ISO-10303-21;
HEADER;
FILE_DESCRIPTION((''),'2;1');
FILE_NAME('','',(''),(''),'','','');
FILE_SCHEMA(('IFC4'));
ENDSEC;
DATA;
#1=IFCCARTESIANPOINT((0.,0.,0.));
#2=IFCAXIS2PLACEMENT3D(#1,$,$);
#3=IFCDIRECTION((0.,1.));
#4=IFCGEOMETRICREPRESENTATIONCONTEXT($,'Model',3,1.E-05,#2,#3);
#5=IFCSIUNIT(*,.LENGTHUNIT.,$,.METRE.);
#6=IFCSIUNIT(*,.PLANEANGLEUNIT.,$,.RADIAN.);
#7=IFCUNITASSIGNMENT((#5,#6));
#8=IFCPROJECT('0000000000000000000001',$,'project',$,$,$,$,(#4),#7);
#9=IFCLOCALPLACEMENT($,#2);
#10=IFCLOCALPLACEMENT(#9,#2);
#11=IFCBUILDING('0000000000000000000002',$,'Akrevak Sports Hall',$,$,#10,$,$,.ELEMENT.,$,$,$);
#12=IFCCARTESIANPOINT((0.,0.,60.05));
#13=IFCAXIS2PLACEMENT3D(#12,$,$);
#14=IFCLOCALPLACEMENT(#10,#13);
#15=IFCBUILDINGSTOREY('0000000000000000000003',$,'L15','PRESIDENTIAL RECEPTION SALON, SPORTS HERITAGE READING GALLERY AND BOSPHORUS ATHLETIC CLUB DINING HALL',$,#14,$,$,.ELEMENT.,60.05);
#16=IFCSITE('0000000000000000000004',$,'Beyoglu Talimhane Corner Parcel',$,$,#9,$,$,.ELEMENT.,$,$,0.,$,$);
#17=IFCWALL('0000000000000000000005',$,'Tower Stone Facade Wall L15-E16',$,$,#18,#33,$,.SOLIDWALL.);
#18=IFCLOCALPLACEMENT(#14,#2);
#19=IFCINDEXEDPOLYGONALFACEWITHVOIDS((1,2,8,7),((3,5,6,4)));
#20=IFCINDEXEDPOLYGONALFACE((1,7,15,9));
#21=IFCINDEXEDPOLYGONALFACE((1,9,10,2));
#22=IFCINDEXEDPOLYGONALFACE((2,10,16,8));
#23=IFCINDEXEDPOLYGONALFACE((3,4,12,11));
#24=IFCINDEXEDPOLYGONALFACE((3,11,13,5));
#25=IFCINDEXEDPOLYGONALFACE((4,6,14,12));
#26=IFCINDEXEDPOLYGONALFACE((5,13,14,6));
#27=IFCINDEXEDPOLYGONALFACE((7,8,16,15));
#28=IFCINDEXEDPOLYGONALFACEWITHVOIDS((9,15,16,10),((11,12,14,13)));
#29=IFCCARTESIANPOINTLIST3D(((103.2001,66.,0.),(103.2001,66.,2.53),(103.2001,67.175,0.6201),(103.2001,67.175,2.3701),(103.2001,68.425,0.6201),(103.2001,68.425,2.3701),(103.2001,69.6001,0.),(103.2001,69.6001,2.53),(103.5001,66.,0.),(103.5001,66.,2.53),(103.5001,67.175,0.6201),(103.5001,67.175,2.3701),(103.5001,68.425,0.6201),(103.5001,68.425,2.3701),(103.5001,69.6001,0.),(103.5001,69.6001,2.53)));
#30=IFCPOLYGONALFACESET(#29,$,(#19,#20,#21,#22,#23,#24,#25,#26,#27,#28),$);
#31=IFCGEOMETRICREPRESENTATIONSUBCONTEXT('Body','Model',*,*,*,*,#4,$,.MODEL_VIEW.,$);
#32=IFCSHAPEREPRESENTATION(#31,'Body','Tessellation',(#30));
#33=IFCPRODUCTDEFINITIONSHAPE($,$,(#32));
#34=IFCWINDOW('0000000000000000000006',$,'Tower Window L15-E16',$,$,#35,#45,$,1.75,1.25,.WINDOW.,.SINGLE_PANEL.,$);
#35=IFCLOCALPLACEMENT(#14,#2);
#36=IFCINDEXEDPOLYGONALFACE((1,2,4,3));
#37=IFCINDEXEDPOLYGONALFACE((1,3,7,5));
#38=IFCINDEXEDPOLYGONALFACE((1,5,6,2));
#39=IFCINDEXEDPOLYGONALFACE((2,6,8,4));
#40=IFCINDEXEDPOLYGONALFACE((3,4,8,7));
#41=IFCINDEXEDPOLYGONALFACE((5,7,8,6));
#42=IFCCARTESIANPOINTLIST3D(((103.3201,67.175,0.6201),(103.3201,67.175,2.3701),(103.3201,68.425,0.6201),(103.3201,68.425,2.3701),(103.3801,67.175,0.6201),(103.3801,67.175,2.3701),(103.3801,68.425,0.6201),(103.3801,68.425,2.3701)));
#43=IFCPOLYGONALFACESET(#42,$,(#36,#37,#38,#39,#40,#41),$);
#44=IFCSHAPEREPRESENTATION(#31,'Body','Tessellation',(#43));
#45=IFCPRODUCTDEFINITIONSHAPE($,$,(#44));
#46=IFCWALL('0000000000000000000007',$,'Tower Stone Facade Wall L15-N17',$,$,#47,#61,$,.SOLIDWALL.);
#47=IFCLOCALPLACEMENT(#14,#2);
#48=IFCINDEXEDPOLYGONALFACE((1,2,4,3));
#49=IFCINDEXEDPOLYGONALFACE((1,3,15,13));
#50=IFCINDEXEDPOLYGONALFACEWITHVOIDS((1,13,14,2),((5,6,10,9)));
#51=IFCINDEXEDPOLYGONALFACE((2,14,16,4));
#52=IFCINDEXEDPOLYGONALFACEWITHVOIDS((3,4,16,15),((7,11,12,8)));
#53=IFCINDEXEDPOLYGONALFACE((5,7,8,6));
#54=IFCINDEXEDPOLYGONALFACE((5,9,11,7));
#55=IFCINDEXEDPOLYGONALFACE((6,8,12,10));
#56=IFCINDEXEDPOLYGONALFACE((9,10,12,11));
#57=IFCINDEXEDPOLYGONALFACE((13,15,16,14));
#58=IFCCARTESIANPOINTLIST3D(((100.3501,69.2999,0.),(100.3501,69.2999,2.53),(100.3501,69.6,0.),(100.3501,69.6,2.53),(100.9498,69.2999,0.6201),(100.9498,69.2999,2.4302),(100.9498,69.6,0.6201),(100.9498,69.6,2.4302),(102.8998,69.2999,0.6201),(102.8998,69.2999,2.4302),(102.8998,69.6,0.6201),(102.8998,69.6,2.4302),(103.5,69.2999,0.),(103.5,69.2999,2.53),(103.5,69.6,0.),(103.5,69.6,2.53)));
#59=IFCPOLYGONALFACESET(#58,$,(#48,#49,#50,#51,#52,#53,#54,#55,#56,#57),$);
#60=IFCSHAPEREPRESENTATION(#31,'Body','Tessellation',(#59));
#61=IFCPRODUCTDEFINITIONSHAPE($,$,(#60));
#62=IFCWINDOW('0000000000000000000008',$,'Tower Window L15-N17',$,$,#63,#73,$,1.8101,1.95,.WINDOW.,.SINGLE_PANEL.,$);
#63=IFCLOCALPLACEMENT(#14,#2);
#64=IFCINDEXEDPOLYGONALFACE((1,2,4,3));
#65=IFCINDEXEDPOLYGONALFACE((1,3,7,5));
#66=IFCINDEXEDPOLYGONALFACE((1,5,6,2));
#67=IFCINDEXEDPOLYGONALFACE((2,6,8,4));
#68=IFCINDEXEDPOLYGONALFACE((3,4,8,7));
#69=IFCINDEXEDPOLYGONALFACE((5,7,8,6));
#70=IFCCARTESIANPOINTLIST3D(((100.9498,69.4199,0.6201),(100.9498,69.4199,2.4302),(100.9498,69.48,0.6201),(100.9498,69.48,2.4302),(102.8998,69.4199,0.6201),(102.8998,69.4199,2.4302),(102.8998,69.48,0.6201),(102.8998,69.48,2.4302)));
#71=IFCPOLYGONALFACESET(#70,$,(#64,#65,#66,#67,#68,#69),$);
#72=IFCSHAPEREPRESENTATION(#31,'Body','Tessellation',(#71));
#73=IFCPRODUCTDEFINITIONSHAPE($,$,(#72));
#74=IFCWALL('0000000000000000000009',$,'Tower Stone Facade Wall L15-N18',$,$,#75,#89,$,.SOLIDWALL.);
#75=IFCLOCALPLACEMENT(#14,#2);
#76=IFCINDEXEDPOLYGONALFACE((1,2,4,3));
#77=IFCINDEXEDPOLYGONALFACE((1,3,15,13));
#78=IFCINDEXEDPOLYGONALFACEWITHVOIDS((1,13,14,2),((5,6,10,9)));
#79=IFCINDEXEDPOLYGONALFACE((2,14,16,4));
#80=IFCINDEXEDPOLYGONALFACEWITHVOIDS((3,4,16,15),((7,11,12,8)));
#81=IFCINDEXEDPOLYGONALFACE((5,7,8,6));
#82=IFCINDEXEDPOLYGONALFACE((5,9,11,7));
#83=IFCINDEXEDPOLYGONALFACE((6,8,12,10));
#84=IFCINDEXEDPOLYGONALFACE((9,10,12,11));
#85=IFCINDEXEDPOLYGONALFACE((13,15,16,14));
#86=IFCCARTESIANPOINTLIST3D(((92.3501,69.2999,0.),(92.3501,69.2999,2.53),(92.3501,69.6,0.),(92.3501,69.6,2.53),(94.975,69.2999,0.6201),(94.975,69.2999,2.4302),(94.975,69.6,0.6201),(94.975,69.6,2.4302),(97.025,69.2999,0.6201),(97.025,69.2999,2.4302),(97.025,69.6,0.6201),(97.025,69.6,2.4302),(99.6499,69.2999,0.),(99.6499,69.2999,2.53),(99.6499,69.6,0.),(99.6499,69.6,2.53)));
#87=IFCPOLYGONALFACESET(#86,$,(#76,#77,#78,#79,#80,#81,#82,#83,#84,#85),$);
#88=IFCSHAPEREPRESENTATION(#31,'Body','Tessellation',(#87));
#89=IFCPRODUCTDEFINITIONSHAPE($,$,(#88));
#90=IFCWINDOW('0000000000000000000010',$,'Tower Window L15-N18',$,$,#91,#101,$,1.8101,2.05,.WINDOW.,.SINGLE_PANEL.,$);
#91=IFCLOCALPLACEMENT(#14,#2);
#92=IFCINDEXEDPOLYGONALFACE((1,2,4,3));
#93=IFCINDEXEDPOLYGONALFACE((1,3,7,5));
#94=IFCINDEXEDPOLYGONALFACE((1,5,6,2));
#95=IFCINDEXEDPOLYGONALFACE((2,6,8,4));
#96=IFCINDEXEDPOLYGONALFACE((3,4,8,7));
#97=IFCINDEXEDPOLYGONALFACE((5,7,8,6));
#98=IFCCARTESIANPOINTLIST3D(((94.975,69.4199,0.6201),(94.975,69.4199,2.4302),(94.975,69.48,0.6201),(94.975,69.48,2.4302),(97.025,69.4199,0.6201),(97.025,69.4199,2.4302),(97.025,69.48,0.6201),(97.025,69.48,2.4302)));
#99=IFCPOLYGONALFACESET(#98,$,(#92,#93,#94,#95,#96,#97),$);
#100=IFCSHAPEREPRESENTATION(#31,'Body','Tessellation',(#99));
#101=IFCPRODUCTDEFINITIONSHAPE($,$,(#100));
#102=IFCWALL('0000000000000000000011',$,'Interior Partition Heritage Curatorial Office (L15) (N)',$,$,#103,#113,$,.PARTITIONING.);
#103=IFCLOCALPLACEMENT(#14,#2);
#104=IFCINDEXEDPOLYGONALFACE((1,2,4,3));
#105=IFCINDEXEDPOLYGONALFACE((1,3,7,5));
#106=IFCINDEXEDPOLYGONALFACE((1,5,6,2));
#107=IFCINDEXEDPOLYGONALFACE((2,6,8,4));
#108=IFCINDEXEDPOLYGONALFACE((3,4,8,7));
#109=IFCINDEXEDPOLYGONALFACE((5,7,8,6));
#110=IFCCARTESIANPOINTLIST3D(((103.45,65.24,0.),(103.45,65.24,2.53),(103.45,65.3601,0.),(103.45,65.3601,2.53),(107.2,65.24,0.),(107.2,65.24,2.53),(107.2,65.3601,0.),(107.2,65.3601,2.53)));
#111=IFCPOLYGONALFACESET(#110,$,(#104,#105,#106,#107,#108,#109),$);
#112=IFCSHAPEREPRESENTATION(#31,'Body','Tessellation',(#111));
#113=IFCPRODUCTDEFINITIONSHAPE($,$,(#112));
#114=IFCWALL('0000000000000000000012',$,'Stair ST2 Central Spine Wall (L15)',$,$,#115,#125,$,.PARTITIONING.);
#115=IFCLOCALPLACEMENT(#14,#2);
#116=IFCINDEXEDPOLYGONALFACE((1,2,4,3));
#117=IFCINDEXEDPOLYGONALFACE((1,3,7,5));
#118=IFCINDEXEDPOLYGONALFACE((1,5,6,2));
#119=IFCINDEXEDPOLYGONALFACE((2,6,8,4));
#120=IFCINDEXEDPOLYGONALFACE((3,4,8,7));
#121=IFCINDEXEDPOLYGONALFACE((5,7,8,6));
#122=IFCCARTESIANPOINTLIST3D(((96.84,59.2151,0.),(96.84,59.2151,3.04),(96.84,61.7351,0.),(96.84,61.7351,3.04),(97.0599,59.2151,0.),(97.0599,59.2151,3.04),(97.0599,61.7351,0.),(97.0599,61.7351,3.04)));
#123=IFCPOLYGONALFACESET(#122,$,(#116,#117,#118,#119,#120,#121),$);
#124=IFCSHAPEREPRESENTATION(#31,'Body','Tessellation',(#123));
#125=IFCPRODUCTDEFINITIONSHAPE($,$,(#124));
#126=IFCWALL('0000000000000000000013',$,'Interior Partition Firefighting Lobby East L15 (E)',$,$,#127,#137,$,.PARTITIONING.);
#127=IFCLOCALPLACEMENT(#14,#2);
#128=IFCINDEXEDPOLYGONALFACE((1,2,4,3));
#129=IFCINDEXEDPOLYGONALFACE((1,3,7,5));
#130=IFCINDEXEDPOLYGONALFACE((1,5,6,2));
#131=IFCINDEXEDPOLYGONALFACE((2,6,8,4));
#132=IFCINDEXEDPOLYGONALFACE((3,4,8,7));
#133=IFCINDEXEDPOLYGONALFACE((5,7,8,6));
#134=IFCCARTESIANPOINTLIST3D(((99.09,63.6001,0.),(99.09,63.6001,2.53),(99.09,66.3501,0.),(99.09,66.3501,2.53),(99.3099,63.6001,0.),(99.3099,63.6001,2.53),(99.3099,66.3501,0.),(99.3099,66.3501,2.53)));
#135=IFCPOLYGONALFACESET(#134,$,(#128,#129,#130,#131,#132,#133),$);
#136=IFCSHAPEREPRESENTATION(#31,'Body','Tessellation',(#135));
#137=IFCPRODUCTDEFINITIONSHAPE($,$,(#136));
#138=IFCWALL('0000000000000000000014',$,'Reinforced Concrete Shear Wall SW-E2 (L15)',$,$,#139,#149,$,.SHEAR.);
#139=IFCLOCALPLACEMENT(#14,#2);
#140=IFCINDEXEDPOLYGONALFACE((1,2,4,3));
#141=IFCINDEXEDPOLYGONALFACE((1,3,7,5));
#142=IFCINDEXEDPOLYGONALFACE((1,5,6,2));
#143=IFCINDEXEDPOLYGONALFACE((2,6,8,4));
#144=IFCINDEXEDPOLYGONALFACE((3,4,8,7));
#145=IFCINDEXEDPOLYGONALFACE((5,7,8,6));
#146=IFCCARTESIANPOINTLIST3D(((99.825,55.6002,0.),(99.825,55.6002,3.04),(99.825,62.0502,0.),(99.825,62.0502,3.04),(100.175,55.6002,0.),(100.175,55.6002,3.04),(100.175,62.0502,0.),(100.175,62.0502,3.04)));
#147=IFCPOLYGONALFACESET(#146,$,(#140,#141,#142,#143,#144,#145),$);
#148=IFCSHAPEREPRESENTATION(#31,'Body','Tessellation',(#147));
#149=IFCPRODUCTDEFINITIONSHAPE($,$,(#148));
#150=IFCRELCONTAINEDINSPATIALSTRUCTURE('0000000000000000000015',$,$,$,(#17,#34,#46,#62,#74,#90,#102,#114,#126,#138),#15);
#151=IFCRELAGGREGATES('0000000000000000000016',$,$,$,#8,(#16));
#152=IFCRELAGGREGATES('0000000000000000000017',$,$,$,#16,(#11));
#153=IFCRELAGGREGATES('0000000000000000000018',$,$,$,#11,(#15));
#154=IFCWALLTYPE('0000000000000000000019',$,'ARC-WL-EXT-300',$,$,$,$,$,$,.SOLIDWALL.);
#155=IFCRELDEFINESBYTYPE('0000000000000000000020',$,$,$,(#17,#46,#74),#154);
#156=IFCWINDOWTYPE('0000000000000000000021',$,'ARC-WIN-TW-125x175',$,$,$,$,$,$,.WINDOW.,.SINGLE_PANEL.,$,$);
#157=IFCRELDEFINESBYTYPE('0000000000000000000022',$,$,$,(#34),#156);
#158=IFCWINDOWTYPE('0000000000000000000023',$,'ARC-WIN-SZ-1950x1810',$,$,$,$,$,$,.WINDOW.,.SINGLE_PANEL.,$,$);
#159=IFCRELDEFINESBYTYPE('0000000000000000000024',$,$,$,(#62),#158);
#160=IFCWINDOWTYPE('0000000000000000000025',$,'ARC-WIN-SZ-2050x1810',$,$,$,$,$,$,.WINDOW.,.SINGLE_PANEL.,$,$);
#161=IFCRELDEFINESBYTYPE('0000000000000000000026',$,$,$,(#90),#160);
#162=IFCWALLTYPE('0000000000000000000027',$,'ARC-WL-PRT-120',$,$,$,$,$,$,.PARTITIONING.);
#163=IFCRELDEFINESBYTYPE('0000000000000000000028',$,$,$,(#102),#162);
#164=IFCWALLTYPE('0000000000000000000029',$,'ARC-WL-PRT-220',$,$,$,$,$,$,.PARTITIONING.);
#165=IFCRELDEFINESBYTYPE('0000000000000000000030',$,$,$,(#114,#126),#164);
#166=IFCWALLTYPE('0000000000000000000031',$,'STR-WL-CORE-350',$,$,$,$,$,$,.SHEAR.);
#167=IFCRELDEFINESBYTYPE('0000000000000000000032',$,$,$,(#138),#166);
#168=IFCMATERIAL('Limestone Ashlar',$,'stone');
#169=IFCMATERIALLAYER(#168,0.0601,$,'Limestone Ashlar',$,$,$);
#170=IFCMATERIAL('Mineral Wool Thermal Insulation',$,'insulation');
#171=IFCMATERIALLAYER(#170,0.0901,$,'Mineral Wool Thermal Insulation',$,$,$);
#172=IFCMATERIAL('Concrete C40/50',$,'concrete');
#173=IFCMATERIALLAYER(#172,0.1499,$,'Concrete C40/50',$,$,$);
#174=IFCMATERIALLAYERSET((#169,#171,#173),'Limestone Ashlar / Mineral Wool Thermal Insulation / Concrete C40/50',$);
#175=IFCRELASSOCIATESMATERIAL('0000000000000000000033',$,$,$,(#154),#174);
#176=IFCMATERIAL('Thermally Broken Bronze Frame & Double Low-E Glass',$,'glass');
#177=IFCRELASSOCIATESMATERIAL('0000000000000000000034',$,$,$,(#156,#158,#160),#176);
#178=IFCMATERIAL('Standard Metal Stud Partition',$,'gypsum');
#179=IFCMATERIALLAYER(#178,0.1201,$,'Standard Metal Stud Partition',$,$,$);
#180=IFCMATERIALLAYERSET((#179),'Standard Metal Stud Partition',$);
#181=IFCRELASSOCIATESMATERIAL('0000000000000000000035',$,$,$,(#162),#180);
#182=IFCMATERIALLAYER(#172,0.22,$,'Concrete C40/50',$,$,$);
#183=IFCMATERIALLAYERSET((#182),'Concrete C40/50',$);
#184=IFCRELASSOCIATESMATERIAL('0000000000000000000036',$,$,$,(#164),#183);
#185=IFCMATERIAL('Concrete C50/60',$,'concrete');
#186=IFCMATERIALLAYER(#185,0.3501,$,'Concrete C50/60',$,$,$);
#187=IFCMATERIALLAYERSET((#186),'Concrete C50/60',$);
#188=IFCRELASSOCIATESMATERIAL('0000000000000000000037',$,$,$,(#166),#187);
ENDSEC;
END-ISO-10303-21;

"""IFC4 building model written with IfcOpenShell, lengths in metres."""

from ifc_helpers import new_model, si_unit, direction, frame, frame_2d, origin, place, context, subcontext, project, spatial, rectangle, extrude, material, layer, layer_set, type_object, element, fill, save


model = new_model("IFC4")

# Units and contexts
model_context = context("Model", 3, precision=1e-05, world=origin(), true_north=direction((0.0, 1.0)))
body_context = subcontext(model_context, "Body", "Model", "MODEL_VIEW")
ifc_project = project(units=[si_unit("LENGTHUNIT", "METRE"), si_unit("PLANEANGLEUNIT", "RADIAN")], contexts=[model_context])

# Site, building, storey
site_placement = place(None, origin())
site = spatial("IfcSite", under=ifc_project, at=site_placement, Name="Beyoglu Talimhane Corner Parcel", CompositionType="ELEMENT", RefElevation=0.0)
building_placement = place(site_placement, origin())
building = spatial("IfcBuilding", under=site, at=building_placement, Name="Akrevak Sports Hall", CompositionType="ELEMENT")
storey_placement = place(building_placement, frame((0.0, 0.0, 60.05)))
storey = spatial("IfcBuildingStorey", under=building, at=storey_placement, Name="L15", Description="PRESIDENTIAL RECEPTION SALON, SPORTS HERITAGE READING GALLERY AND BOSPHORUS ATHLETIC CLUB DINING HALL", CompositionType="ELEMENT", Elevation=60.05)

# Shared definitions
ifc_material_1 = material(Name="Concrete C40/50", Category="concrete")

# Walls, openings, windows
ifc_material_2 = material(Name="Limestone Ashlar", Category="stone")
ifc_layer_1 = layer(ifc_material_2, 0.0601, Name="Limestone Ashlar")
ifc_material_3 = material(Name="Mineral Wool Thermal Insulation", Category="insulation")
ifc_layer_2 = layer(ifc_material_3, 0.0901, Name="Mineral Wool Thermal Insulation")
ifc_layer_3 = layer(ifc_material_1, 0.1499, Name="Concrete C40/50")
ifc_layer_set_1 = layer_set([ifc_layer_1, ifc_layer_2, ifc_layer_3], Name="Limestone Ashlar / Mineral Wool Thermal Insulation / Concrete C40/50")
wall_type_1 = type_object("IfcWallType", Name="ARC-WL-EXT-300", PredefinedType="SOLIDWALL", material=ifc_layer_set_1)
ifc_material_4 = material(Name="Thermally Broken Bronze Frame & Double Low-E Glass", Category="glass")
wall_1_placement = place(storey_placement, frame((103.3501, 66.0, 0.0), z_axis=(0.0, 0.0, 1.0), x_axis=(0.0, 1.0, 0.0)))
wall_1 = element("IfcWall", 1, at=wall_1_placement, inside=storey, type_object=wall_type_1, Name="Tower Stone Facade Wall L15-E16", PredefinedType="SOLIDWALL", context=body_context, shape_type="SweptSolid", body=[
    extrude(rectangle(XDim=3.6001, YDim=0.3, at=frame_2d((1.8, 0.0))), origin(), (0.0, 0.0, 1.0), 2.53),
])
opening_1_placement = place(wall_1_placement, frame((1.175, 0.0, 0.6201)))
opening_1 = element("IfcOpeningElement", 2, at=opening_1_placement, cuts=wall_1, PredefinedType="OPENING", context=body_context, shape_type="SweptSolid", body=[
    extrude(rectangle(XDim=1.25, YDim=1.75, at=frame_2d((0.625, 0.875))), frame((0.0, 0.1621, 0.0), z_axis=(0.0, -1.0, 0.0), x_axis=(1.0, 0.0, 0.0)), (0.0, 0.0, 1.0), 0.324),
])
window_type_1 = type_object("IfcWindowType", Name="ARC-WIN-TW-125x175", PartitioningType="SINGLE_PANEL", PredefinedType="WINDOW", material=ifc_material_4)
window_1_placement = place(opening_1_placement, origin())
window_1 = element("IfcWindow", 3, at=window_1_placement, inside=storey, type_object=window_type_1, Name="Tower Window L15-E16", OverallHeight=1.75, OverallWidth=1.25, PartitioningType="SINGLE_PANEL", PredefinedType="WINDOW", context=body_context, shape_type="SweptSolid", body=[
    extrude(rectangle(XDim=1.25, YDim=1.75, at=frame_2d((0.625, 0.875))), frame((0.0, 0.03, 0.0), z_axis=(0.0, -1.0, 0.0), x_axis=(1.0, 0.0, 0.0)), (0.0, 0.0, 1.0), 0.0601),
])
fill(opening_1, window_1)
wall_2_placement = place(storey_placement, frame((103.5, 69.45, 0.0), z_axis=(0.0, 0.0, 1.0), x_axis=(-1.0, 0.0, 0.0)))
wall_2 = element("IfcWall", 4, at=wall_2_placement, inside=storey, type_object=wall_type_1, Name="Tower Stone Facade Wall L15-N17", PredefinedType="SOLIDWALL", context=body_context, shape_type="SweptSolid", body=[
    extrude(rectangle(XDim=3.1499, YDim=0.3, at=frame_2d((1.575, 0.0))), origin(), (0.0, 0.0, 1.0), 2.53),
])
opening_2_placement = place(wall_2_placement, frame((0.6001, 0.0, 0.6201)))
opening_2 = element("IfcOpeningElement", 5, at=opening_2_placement, cuts=wall_2, PredefinedType="OPENING", context=body_context, shape_type="SweptSolid", body=[
    extrude(rectangle(XDim=1.95, YDim=1.8101, at=frame_2d((0.9751, 0.905))), frame((0.0, 0.1621, 0.0), z_axis=(0.0, -1.0, 0.0), x_axis=(1.0, 0.0, 0.0)), (0.0, 0.0, 1.0), 0.324),
])
window_type_2 = type_object("IfcWindowType", Name="ARC-WIN-SZ-1950x1810", PartitioningType="SINGLE_PANEL", PredefinedType="WINDOW", material=ifc_material_4)
window_2_placement = place(opening_2_placement, origin())
window_2 = element("IfcWindow", 6, at=window_2_placement, inside=storey, type_object=window_type_2, Name="Tower Window L15-N17", OverallHeight=1.8101, OverallWidth=1.95, PartitioningType="SINGLE_PANEL", PredefinedType="WINDOW", context=body_context, shape_type="SweptSolid", body=[
    extrude(rectangle(XDim=1.95, YDim=1.8101, at=frame_2d((0.9751, 0.905))), frame((0.0, 0.03, 0.0), z_axis=(0.0, -1.0, 0.0), x_axis=(1.0, 0.0, 0.0)), (0.0, 0.0, 1.0), 0.0601),
])
fill(opening_2, window_2)
wall_3_placement = place(storey_placement, frame((99.6499, 69.45, 0.0), z_axis=(0.0, 0.0, 1.0), x_axis=(-1.0, 0.0, 0.0)))
wall_3 = element("IfcWall", 7, at=wall_3_placement, inside=storey, type_object=wall_type_1, Name="Tower Stone Facade Wall L15-N18", PredefinedType="SOLIDWALL", context=body_context, shape_type="SweptSolid", body=[
    extrude(rectangle(XDim=7.2998, YDim=0.3, at=frame_2d((3.6499, 0.0))), origin(), (0.0, 0.0, 1.0), 2.53),
])
opening_3_placement = place(wall_3_placement, frame((2.625, 0.0, 0.6201)))
opening_3 = element("IfcOpeningElement", 8, at=opening_3_placement, cuts=wall_3, PredefinedType="OPENING", context=body_context, shape_type="SweptSolid", body=[
    extrude(rectangle(XDim=2.05, YDim=1.8101, at=frame_2d((1.0249, 0.905))), frame((0.0, 0.1621, 0.0), z_axis=(0.0, -1.0, 0.0), x_axis=(1.0, 0.0, 0.0)), (0.0, 0.0, 1.0), 0.324),
])
window_type_3 = type_object("IfcWindowType", Name="ARC-WIN-SZ-2050x1810", PartitioningType="SINGLE_PANEL", PredefinedType="WINDOW", material=ifc_material_4)
window_3_placement = place(opening_3_placement, origin())
window_3 = element("IfcWindow", 9, at=window_3_placement, inside=storey, type_object=window_type_3, Name="Tower Window L15-N18", OverallHeight=1.8101, OverallWidth=2.05, PartitioningType="SINGLE_PANEL", PredefinedType="WINDOW", context=body_context, shape_type="SweptSolid", body=[
    extrude(rectangle(XDim=2.05, YDim=1.8101, at=frame_2d((1.0249, 0.905))), frame((0.0, 0.03, 0.0), z_axis=(0.0, -1.0, 0.0), x_axis=(1.0, 0.0, 0.0)), (0.0, 0.0, 1.0), 0.0601),
])
fill(opening_3, window_3)

# Walls
ifc_material_5 = material(Name="Standard Metal Stud Partition", Category="gypsum")
ifc_layer_4 = layer(ifc_material_5, 0.1201, Name="Standard Metal Stud Partition")
ifc_layer_set_2 = layer_set([ifc_layer_4], Name="Standard Metal Stud Partition")
wall_type_2 = type_object("IfcWallType", Name="ARC-WL-PRT-120", PredefinedType="PARTITIONING", material=ifc_layer_set_2)
wall_4_placement = place(storey_placement, frame((103.45, 65.3, 0.0), z_axis=(0.0, 0.0, 1.0), x_axis=(1.0, 0.0, 0.0)))
element("IfcWall", 10, at=wall_4_placement, inside=storey, type_object=wall_type_2, Name="Interior Partition Heritage Curatorial Office (L15) (N)", PredefinedType="PARTITIONING", context=body_context, shape_type="SweptSolid", body=[
    extrude(rectangle(XDim=3.75, YDim=0.1201, at=frame_2d((1.875, 0.0))), origin(), (0.0, 0.0, 1.0), 2.53),
])
ifc_layer_5 = layer(ifc_material_1, 0.22, Name="Concrete C40/50")
ifc_layer_set_3 = layer_set([ifc_layer_5], Name="Concrete C40/50")
wall_type_3 = type_object("IfcWallType", Name="ARC-WL-PRT-220", PredefinedType="PARTITIONING", material=ifc_layer_set_3)
wall_5_placement = place(storey_placement, frame((96.95, 59.2151, 0.0), z_axis=(0.0, 0.0, 1.0), x_axis=(0.0, 1.0, 0.0)))
element("IfcWall", 11, at=wall_5_placement, inside=storey, type_object=wall_type_3, Name="Stair ST2 Central Spine Wall (L15)", PredefinedType="PARTITIONING", context=body_context, shape_type="SweptSolid", body=[
    extrude(rectangle(XDim=2.52, YDim=0.22, at=frame_2d((1.26, 0.0))), origin(), (0.0, 0.0, 1.0), 3.04),
])
wall_6_placement = place(storey_placement, frame((99.2, 63.6001, 0.0), z_axis=(0.0, 0.0, 1.0), x_axis=(0.0, 1.0, 0.0)))
element("IfcWall", 12, at=wall_6_placement, inside=storey, type_object=wall_type_3, Name="Interior Partition Firefighting Lobby East L15 (E)", PredefinedType="PARTITIONING", context=body_context, shape_type="SweptSolid", body=[
    extrude(rectangle(XDim=2.75, YDim=0.22, at=frame_2d((1.375, 0.0))), origin(), (0.0, 0.0, 1.0), 2.53),
])
ifc_material_6 = material(Name="Concrete C50/60", Category="concrete")
ifc_layer_6 = layer(ifc_material_6, 0.3501, Name="Concrete C50/60")
ifc_layer_set_4 = layer_set([ifc_layer_6], Name="Concrete C50/60")
wall_type_4 = type_object("IfcWallType", Name="STR-WL-CORE-350", PredefinedType="SHEAR", material=ifc_layer_set_4)
wall_7_placement = place(storey_placement, frame((100.0, 55.6001, 0.0), z_axis=(0.0, 0.0, 1.0), x_axis=(0.0, 1.0, 0.0)))
element("IfcWall", 13, at=wall_7_placement, inside=storey, type_object=wall_type_4, Name="Reinforced Concrete Shear Wall SW-E2 (L15)", PredefinedType="SHEAR", context=body_context, shape_type="SweptSolid", body=[
    extrude(rectangle(XDim=6.45, YDim=0.3501, at=frame_2d((3.2251, 0.0))), origin(), (0.0, 0.0, 1.0), 3.04),
])

save(model, "model.ifc")
